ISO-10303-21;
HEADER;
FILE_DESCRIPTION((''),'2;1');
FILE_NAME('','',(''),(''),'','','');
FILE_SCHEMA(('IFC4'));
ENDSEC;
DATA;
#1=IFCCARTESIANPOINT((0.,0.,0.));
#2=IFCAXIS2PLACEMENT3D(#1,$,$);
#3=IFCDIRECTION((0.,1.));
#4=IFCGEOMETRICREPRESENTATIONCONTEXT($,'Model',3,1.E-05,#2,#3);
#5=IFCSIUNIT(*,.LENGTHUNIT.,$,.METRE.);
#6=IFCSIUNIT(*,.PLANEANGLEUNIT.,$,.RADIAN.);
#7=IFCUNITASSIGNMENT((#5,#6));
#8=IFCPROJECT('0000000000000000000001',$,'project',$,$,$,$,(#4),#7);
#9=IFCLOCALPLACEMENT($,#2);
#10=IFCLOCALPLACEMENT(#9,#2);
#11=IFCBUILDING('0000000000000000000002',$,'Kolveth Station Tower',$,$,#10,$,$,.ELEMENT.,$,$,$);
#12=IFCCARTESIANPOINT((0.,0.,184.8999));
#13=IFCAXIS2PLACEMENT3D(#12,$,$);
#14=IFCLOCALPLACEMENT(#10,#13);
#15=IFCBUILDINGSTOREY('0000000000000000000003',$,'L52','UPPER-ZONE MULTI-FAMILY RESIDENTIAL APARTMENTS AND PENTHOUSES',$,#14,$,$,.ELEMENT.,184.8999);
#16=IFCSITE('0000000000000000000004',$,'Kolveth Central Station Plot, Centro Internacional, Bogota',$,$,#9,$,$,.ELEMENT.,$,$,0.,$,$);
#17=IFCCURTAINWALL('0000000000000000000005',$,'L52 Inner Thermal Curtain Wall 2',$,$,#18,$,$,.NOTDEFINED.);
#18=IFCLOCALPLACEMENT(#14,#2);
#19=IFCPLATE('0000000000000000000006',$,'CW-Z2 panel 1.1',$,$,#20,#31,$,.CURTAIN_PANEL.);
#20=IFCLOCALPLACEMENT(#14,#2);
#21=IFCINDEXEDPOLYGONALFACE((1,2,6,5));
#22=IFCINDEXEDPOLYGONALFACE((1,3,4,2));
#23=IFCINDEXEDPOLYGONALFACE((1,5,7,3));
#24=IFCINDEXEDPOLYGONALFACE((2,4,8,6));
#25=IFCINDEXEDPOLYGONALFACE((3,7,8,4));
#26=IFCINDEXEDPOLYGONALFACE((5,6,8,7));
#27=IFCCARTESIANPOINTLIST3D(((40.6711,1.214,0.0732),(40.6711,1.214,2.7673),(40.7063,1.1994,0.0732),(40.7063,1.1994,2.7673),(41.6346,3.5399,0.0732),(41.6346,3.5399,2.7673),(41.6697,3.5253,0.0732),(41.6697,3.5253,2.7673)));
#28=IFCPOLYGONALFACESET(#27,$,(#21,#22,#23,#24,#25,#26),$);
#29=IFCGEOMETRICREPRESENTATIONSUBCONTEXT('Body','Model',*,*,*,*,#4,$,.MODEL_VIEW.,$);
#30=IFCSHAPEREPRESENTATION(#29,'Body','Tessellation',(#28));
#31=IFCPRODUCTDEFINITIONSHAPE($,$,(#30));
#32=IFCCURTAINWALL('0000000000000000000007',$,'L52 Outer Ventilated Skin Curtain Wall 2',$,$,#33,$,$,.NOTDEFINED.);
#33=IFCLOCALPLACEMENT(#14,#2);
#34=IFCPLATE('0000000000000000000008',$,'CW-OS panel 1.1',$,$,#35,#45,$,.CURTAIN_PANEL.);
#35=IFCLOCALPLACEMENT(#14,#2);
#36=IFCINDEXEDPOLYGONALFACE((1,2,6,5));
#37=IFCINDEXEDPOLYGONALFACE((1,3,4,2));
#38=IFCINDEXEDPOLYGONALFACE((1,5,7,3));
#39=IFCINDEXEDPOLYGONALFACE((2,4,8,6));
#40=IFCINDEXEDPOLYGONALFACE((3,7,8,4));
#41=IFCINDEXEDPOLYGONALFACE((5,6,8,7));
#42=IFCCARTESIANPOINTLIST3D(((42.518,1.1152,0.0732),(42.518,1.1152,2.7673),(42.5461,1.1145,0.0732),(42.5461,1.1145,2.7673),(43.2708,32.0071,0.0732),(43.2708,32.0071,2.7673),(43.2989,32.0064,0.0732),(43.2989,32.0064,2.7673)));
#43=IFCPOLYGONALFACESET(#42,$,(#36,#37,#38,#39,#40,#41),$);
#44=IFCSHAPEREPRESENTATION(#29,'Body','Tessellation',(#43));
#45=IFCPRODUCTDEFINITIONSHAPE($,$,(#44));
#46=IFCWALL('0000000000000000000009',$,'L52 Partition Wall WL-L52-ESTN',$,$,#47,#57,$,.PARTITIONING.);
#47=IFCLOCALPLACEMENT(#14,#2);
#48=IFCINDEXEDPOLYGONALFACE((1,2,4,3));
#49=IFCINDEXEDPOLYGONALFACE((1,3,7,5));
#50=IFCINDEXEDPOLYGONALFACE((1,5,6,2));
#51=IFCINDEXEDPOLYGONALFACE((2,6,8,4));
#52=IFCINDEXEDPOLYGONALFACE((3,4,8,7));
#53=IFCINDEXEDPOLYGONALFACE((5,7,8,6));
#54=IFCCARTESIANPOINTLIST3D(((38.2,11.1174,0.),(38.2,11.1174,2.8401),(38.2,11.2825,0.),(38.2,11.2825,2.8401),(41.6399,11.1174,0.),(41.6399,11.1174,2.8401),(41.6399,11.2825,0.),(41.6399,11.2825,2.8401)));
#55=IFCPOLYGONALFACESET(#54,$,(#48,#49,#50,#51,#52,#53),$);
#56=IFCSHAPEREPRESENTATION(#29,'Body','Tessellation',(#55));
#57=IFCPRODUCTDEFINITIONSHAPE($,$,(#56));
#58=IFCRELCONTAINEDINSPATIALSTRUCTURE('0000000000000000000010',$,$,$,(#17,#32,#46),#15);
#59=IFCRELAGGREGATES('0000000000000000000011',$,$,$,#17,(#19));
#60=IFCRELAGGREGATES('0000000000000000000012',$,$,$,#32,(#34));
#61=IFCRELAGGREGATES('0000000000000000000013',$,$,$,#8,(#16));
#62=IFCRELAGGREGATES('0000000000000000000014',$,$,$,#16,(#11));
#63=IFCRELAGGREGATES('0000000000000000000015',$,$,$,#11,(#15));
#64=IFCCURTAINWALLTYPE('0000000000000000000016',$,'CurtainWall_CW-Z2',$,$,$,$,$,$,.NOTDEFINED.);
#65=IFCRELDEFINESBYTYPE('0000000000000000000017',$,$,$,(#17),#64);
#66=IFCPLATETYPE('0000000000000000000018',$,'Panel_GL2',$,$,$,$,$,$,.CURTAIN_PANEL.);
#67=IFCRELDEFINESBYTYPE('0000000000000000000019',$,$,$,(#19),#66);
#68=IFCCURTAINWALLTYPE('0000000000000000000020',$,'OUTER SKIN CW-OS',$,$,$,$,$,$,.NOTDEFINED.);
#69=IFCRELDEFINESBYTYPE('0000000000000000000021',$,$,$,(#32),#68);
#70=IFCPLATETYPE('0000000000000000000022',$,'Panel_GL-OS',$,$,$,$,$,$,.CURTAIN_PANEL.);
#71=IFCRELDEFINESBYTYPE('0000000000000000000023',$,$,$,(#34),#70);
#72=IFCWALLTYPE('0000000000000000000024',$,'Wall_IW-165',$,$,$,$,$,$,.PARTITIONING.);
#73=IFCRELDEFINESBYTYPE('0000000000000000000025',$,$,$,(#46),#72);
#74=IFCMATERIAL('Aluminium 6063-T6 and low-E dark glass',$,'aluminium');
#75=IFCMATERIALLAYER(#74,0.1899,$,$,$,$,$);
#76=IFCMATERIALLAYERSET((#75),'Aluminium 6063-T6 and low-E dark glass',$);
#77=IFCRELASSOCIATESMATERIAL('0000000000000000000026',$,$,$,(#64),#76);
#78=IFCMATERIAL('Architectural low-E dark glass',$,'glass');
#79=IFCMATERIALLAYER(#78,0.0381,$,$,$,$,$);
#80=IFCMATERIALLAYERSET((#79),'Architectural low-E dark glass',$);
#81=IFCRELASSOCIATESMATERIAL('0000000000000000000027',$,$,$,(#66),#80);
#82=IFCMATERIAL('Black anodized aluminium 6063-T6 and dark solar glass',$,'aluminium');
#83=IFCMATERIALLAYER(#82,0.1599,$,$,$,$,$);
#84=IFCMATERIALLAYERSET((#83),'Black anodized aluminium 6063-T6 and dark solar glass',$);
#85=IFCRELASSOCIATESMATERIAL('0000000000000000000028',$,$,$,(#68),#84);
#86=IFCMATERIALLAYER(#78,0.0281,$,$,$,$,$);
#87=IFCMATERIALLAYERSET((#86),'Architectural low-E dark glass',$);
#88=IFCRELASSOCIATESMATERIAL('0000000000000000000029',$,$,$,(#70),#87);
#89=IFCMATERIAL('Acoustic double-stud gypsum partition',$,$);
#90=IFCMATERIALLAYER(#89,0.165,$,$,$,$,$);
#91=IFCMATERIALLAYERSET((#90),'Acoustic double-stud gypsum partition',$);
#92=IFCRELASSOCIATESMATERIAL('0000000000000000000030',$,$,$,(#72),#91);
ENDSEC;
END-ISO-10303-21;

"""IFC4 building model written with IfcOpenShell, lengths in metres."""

from ifc_helpers import new_model, si_unit, direction, frame, frame_2d, origin, origin_2d, place, context, subcontext, project, spatial, rectangle, extrude, source, transform, mapped, material, layer, layer_set, type_object, element, aggregate, save


model = new_model("IFC4")

# Units and contexts
model_context = context("Model", 3, precision=1e-05, world=origin(), true_north=direction((0.0, 1.0)))
body_context = subcontext(model_context, "Body", "Model", "MODEL_VIEW")
ifc_project = project(units=[si_unit("LENGTHUNIT", "METRE"), si_unit("PLANEANGLEUNIT", "RADIAN")], contexts=[model_context])

# Site, building, storey
site_placement = place(None, origin())
site = spatial("IfcSite", under=ifc_project, at=site_placement, Name="Kolveth Central Station Plot, Centro Internacional, Bogota", CompositionType="ELEMENT", RefElevation=0.0)
building_placement = place(site_placement, origin())
building = spatial("IfcBuilding", under=site, at=building_placement, Name="Kolveth Station Tower", CompositionType="ELEMENT")
storey_placement = place(building_placement, frame((0.0, 0.0, 184.8999)))
storey = spatial("IfcBuildingStorey", under=building, at=storey_placement, Name="L52", Description="UPPER-ZONE MULTI-FAMILY RESIDENTIAL APARTMENTS AND PENTHOUSES", CompositionType="ELEMENT", Elevation=184.8999)

# Curtain wall
ifc_material_1 = material(Name="Aluminium 6063-T6 and low-E dark glass", Category="aluminium")
ifc_layer_1 = layer(ifc_material_1, 0.1899)
ifc_layer_set_1 = layer_set([ifc_layer_1], Name="Aluminium 6063-T6 and low-E dark glass")
curtain_wall_type_1 = type_object("IfcCurtainWallType", Name="CurtainWall_CW-Z2", PredefinedType="NOTDEFINED", material=ifc_layer_set_1)
curtain_wall_1_placement = place(storey_placement, origin())
curtain_wall_1 = element("IfcCurtainWall", 1, at=curtain_wall_1_placement, inside=storey, type_object=curtain_wall_type_1, Name="L52 Inner Thermal Curtain Wall 2", PredefinedType="NOTDEFINED")

# Plate
ifc_material_2 = material(Name="Architectural low-E dark glass", Category="glass")
ifc_layer_2 = layer(ifc_material_2, 0.0381)
ifc_layer_set_2 = layer_set([ifc_layer_2], Name="Architectural low-E dark glass")
plate_type_1 = type_object("IfcPlateType", Name="Panel_GL2", PredefinedType="CURTAIN_PANEL", material=ifc_layer_set_2)
shared_shape_1 = source(origin(), body_context, "Body", "SweptSolid", [
    extrude(rectangle(XDim=2.5176, YDim=0.0381, at=origin_2d()), origin(), (0.0, 0.0, 1.0), 2.6941),
])
plate_1_placement = place(storey_placement, frame((41.1704, 2.3696, 0.0732), z_axis=(0.0, 0.0, 1.0), x_axis=(0.382698, 0.923874, 0.0)))
plate_1 = element("IfcPlate", 2, at=plate_1_placement, type_object=plate_type_1, Name="CW-Z2 panel 1.1", PredefinedType="CURTAIN_PANEL", context=body_context, shape_type="MappedRepresentation", body=[
    mapped(shared_shape_1, transform((0.0, 0.0, 0.0), x_axis=(1.0, 0.0, 0.0), y_axis=(0.0, 1.0, 0.0), z_axis=(0.0, 0.0, 1.0), scale=1.0)),
])
aggregate(curtain_wall_1, [plate_1])

# Curtain wall, plate
ifc_material_3 = material(Name="Black anodized aluminium 6063-T6 and dark solar glass", Category="aluminium")
ifc_layer_3 = layer(ifc_material_3, 0.1599)
ifc_layer_set_3 = layer_set([ifc_layer_3], Name="Black anodized aluminium 6063-T6 and dark solar glass")
curtain_wall_type_2 = type_object("IfcCurtainWallType", Name="OUTER SKIN CW-OS", PredefinedType="NOTDEFINED", material=ifc_layer_set_3)
curtain_wall_2_placement = place(storey_placement, origin())
curtain_wall_2 = element("IfcCurtainWall", 3, at=curtain_wall_2_placement, inside=storey, type_object=curtain_wall_type_2, Name="L52 Outer Ventilated Skin Curtain Wall 2", PredefinedType="NOTDEFINED")
ifc_layer_4 = layer(ifc_material_2, 0.0281)
ifc_layer_set_4 = layer_set([ifc_layer_4], Name="Architectural low-E dark glass")
plate_type_2 = type_object("IfcPlateType", Name="Panel_GL-OS", PredefinedType="CURTAIN_PANEL", material=ifc_layer_set_4)
shared_shape_2 = source(origin(), body_context, "Body", "SweptSolid", [
    extrude(rectangle(XDim=30.9011, YDim=0.0281, at=origin_2d()), origin(), (0.0, 0.0, 1.0), 2.6941),
])
plate_2_placement = place(storey_placement, frame((42.9084, 16.5608, 0.0732), z_axis=(0.0, 0.0, 1.0), x_axis=(0.02436, 0.999703, 0.0)))
plate_2 = element("IfcPlate", 4, at=plate_2_placement, type_object=plate_type_2, Name="CW-OS panel 1.1", PredefinedType="CURTAIN_PANEL", context=body_context, shape_type="MappedRepresentation", body=[
    mapped(shared_shape_2, transform((0.0, 0.0, 0.0), x_axis=(1.0, 0.0, 0.0), y_axis=(0.0, 1.0, 0.0), z_axis=(0.0, 0.0, 1.0), scale=1.0)),
])
aggregate(curtain_wall_2, [plate_2])

# Shared definitions
ifc_material_4 = material(Name="Acoustic double-stud gypsum partition")
ifc_layer_5 = layer(ifc_material_4, 0.165)
ifc_layer_set_5 = layer_set([ifc_layer_5], Name="Acoustic double-stud gypsum partition")
wall_type_1 = type_object("IfcWallType", Name="Wall_IW-165", PredefinedType="PARTITIONING", material=ifc_layer_set_5)

# Wall
wall_1_placement = place(storey_placement, frame((38.2, 11.2, 0.0), z_axis=(0.0, 0.0, 1.0), x_axis=(1.0, 0.0, 0.0)))
element("IfcWall", 5, at=wall_1_placement, inside=storey, type_object=wall_type_1, Name="L52 Partition Wall WL-L52-ESTN", PredefinedType="PARTITIONING", context=body_context, shape_type="SweptSolid", body=[
    extrude(rectangle(XDim=3.4399, YDim=0.165, at=frame_2d((1.72, 0.0))), origin(), (0.0, 0.0, 1.0), 2.8401),
])

save(model, "model.ifc")
